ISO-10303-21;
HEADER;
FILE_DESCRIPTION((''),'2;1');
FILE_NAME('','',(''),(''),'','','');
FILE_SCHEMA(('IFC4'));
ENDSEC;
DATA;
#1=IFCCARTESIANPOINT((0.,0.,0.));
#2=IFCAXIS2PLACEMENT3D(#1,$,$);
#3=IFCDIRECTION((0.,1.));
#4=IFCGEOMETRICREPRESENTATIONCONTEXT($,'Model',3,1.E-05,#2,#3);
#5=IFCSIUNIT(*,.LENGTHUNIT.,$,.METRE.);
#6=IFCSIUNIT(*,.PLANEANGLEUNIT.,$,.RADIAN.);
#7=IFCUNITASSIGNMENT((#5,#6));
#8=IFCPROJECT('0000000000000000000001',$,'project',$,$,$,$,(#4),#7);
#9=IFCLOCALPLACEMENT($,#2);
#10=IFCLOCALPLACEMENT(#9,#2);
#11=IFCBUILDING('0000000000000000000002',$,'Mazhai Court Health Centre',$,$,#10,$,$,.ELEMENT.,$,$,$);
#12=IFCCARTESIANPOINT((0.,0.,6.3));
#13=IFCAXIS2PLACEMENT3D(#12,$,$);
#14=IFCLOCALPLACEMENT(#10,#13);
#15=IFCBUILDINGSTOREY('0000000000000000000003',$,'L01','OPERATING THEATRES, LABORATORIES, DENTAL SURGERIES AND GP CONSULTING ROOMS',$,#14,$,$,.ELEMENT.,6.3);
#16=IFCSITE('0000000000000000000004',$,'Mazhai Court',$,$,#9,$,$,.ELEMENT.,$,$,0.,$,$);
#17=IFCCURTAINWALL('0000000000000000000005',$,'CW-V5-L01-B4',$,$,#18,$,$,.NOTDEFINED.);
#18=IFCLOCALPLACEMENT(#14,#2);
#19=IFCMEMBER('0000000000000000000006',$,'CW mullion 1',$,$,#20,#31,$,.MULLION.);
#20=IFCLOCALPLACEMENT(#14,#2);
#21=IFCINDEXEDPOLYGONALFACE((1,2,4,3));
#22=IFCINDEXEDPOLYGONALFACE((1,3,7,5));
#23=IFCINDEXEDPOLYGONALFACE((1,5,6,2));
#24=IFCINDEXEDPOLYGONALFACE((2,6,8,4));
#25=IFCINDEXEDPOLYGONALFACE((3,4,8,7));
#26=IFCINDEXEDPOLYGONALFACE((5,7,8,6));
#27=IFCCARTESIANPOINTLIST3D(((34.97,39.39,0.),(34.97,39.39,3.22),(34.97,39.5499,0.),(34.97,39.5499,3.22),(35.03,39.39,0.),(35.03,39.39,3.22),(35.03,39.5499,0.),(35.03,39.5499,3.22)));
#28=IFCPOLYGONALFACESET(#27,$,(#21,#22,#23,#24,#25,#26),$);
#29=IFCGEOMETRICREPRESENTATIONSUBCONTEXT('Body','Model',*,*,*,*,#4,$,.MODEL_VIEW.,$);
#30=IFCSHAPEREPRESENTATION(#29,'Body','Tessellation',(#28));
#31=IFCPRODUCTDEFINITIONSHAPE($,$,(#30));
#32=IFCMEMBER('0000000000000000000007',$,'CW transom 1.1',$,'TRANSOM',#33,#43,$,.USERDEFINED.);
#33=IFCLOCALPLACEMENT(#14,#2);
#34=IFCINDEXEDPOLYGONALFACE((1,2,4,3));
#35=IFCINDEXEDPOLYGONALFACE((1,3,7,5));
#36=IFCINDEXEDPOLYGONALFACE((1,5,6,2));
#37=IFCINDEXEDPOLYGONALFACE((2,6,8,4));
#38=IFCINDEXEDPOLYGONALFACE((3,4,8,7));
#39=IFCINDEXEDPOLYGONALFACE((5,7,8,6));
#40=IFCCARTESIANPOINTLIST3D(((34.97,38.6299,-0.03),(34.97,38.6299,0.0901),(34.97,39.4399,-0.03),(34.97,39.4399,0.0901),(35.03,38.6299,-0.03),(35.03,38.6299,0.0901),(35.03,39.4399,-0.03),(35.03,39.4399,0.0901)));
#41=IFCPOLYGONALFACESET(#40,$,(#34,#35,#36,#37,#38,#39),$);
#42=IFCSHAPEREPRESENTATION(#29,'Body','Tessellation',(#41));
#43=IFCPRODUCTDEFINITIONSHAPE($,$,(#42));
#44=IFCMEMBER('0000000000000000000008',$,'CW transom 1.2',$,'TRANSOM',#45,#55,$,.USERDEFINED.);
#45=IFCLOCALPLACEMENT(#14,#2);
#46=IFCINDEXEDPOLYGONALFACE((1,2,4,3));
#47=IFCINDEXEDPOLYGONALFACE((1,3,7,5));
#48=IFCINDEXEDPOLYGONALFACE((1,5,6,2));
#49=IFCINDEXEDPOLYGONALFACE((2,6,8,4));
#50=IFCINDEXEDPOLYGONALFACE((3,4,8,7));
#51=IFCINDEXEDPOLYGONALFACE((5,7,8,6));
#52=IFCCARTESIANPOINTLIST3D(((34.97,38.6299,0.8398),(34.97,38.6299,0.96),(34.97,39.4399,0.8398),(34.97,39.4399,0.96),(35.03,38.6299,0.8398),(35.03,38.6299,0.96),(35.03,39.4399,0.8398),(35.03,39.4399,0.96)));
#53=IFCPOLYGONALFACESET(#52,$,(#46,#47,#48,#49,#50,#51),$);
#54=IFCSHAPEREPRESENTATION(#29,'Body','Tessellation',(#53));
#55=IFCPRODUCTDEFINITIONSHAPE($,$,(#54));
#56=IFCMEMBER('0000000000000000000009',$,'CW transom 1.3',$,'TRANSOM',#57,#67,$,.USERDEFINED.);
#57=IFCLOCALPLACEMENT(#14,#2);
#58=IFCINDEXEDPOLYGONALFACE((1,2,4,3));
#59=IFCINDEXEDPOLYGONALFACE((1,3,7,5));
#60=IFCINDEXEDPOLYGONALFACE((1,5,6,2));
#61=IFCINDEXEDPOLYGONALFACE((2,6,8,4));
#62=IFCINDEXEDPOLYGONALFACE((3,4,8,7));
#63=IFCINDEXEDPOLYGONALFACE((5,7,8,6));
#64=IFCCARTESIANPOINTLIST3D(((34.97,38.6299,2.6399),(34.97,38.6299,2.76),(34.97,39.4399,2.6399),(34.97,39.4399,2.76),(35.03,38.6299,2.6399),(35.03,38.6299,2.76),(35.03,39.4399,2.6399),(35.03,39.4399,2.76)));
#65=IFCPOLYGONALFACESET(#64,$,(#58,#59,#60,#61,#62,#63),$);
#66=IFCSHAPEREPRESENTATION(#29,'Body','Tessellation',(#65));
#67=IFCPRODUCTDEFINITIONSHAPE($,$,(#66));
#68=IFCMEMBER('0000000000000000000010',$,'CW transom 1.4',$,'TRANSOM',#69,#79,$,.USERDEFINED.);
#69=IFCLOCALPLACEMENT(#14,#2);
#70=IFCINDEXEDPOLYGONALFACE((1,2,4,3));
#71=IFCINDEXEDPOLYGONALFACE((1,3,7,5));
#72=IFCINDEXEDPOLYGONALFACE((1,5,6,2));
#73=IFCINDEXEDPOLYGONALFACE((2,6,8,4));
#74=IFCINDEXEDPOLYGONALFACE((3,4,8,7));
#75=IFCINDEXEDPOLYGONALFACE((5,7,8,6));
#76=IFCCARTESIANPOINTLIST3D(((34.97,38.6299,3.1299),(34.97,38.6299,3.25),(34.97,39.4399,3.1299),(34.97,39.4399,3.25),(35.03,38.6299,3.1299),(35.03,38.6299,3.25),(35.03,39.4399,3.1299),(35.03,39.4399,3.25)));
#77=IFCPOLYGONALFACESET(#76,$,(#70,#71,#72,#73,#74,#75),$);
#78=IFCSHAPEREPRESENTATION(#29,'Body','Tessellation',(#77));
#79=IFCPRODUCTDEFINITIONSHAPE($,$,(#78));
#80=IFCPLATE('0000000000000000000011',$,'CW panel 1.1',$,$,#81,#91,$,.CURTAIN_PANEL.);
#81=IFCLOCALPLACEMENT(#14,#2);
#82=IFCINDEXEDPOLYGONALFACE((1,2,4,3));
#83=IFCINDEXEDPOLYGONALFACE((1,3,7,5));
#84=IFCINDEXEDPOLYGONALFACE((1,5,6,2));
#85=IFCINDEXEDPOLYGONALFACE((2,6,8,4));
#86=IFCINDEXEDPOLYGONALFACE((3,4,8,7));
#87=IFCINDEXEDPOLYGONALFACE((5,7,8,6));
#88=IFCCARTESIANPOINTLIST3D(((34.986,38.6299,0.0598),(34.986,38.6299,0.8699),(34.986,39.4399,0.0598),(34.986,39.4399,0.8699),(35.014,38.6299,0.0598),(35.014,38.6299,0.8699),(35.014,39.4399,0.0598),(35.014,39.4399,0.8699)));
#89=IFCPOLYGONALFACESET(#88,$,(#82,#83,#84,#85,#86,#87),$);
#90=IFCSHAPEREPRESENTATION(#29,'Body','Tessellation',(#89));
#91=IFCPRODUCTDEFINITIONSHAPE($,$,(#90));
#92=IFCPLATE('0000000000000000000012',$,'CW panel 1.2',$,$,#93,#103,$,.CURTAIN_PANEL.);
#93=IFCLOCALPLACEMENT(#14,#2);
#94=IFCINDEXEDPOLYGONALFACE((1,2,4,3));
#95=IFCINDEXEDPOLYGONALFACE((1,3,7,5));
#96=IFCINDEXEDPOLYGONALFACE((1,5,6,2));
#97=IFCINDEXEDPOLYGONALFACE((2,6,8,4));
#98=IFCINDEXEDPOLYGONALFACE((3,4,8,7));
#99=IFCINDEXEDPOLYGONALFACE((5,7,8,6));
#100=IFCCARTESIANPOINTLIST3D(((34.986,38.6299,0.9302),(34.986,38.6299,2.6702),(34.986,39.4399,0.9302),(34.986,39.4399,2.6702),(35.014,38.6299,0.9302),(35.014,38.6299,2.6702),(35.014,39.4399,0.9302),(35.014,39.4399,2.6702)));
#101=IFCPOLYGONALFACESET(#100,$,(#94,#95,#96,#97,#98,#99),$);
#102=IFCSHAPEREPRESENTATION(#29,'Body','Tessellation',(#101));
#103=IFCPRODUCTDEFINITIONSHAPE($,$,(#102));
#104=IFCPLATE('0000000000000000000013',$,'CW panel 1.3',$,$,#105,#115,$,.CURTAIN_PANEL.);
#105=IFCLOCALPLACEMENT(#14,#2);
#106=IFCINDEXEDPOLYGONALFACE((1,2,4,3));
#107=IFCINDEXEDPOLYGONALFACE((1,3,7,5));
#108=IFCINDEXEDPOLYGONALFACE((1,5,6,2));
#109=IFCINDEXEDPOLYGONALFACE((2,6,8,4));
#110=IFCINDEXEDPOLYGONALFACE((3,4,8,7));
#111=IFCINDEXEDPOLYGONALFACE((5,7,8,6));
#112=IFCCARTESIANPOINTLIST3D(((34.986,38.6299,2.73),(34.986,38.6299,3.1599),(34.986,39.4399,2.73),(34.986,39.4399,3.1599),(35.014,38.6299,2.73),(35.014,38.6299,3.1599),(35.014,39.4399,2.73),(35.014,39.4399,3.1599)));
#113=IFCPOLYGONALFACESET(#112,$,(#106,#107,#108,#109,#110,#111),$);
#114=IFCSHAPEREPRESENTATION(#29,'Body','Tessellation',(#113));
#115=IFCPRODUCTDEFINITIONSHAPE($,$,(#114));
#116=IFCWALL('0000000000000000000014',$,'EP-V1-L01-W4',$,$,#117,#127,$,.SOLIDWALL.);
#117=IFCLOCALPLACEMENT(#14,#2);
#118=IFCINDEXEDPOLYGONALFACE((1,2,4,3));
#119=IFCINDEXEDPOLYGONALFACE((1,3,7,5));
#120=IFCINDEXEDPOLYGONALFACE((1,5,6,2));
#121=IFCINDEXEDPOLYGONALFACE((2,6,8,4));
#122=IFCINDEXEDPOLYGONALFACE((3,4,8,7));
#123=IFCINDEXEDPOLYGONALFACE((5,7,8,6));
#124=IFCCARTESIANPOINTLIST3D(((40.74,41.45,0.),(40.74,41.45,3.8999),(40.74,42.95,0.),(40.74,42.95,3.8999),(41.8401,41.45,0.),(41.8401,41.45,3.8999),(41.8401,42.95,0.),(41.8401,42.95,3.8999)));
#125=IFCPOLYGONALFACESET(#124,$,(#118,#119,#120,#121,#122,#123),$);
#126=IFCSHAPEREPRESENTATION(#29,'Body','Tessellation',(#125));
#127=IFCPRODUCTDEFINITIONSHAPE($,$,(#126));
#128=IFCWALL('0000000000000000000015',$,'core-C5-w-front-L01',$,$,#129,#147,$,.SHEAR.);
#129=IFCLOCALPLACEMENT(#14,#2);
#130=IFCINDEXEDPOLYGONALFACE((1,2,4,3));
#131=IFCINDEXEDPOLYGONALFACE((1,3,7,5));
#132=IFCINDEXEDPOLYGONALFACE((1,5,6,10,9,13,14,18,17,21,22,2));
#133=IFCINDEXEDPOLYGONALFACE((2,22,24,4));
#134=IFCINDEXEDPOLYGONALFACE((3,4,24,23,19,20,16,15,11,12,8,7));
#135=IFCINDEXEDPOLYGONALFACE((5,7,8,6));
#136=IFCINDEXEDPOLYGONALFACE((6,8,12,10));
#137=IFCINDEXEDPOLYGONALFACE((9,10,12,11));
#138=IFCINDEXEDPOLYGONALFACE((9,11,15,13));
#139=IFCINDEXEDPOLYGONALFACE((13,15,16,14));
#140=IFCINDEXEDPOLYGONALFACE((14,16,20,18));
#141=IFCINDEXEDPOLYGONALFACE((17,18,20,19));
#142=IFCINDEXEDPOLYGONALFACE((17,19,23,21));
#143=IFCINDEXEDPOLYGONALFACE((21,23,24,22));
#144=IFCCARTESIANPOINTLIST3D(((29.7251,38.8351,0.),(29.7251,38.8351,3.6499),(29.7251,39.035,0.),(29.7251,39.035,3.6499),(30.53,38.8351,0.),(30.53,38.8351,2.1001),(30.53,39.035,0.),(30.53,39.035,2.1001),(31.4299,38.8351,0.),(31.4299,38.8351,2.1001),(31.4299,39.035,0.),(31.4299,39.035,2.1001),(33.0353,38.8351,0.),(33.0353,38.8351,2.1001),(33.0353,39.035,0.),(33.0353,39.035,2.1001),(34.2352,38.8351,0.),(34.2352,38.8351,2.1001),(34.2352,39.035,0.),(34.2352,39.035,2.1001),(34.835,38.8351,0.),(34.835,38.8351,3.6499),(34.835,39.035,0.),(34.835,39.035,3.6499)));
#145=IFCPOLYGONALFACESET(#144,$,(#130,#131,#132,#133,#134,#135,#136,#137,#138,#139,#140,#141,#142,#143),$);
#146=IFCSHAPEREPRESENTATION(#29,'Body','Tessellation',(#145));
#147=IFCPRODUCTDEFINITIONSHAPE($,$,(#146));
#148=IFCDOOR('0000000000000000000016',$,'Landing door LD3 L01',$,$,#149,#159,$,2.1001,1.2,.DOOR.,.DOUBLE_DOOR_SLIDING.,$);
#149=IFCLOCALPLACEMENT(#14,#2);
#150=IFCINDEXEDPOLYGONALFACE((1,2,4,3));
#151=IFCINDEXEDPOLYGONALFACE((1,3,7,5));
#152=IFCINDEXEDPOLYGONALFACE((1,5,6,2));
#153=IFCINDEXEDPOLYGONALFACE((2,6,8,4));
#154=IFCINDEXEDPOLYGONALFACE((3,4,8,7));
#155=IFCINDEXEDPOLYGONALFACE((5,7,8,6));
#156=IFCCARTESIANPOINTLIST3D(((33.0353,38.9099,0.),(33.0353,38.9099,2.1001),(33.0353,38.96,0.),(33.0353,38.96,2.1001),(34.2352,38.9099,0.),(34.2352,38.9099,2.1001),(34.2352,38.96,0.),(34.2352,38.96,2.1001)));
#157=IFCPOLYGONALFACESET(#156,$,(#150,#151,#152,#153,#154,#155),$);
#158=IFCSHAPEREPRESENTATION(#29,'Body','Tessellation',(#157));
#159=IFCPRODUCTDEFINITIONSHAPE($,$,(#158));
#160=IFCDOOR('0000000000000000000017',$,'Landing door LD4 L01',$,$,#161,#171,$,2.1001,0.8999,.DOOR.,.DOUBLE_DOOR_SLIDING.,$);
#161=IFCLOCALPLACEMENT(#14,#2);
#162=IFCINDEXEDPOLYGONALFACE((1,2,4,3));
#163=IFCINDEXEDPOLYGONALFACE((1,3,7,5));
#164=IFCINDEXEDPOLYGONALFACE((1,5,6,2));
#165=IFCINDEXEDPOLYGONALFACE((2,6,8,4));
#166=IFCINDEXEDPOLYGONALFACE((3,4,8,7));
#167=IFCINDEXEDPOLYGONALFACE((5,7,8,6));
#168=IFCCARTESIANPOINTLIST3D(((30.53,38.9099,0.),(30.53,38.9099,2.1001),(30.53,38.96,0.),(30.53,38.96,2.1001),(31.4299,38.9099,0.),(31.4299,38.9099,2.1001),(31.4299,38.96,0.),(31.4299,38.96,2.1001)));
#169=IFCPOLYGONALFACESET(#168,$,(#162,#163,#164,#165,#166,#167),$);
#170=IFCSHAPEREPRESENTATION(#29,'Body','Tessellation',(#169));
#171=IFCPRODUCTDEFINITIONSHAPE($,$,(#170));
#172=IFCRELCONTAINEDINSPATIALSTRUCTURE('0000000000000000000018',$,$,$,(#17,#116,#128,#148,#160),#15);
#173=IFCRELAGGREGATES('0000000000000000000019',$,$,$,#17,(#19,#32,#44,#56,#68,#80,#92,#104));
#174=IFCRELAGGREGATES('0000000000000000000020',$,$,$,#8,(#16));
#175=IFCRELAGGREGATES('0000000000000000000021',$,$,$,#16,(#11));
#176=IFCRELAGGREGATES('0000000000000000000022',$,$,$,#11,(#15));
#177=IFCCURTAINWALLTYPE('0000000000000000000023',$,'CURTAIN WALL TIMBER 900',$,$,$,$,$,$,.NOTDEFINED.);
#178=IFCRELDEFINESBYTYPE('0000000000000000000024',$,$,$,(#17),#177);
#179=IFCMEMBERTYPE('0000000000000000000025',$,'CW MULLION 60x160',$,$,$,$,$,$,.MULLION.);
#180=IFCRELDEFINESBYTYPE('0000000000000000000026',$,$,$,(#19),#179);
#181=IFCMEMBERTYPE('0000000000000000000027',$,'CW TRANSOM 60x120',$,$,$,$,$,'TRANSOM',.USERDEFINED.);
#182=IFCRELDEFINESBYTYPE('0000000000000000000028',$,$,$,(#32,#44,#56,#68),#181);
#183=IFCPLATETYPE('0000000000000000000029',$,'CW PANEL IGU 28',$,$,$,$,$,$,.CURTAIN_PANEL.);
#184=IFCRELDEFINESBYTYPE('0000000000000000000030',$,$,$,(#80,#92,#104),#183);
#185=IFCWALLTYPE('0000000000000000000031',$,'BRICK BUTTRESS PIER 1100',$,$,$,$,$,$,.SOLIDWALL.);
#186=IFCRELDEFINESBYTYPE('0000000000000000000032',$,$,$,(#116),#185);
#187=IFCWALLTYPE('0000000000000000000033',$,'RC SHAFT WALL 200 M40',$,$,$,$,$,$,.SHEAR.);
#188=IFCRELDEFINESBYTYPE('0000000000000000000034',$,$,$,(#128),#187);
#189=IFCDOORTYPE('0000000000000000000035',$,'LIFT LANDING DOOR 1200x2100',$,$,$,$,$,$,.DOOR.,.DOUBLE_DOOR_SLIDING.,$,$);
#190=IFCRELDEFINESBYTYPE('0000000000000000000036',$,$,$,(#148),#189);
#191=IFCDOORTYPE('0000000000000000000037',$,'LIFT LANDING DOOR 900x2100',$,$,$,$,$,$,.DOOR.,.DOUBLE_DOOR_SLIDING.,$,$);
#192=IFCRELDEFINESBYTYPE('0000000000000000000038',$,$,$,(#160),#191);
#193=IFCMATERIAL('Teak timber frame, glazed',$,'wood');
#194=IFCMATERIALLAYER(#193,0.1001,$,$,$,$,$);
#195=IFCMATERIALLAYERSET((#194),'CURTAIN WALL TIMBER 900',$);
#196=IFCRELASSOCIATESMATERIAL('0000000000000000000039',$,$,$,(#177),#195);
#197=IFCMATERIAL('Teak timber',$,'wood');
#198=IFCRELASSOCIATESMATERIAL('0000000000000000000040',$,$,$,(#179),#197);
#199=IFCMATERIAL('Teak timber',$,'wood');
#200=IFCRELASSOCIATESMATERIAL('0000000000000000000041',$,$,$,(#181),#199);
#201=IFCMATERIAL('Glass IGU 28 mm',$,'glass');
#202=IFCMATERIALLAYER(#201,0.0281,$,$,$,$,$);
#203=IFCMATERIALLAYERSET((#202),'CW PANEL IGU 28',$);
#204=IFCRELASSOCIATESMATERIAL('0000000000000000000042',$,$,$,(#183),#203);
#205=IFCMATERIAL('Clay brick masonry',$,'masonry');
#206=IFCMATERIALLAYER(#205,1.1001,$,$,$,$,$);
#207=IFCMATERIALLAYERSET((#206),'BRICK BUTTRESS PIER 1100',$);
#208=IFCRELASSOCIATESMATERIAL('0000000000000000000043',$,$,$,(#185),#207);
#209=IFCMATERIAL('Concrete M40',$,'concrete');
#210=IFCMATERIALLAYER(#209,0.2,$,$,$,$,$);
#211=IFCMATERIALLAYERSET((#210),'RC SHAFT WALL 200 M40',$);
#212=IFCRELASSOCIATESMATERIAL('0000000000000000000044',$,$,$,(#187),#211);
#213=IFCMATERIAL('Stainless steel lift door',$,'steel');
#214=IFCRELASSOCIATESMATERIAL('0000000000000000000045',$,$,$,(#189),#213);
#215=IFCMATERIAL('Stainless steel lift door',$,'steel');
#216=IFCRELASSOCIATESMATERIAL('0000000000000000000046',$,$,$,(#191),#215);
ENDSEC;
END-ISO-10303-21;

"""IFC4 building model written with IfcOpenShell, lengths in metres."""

from ifc_helpers import new_model, si_unit, direction, frame, frame_2d, origin, origin_2d, place, context, subcontext, project, spatial, rectangle, extrude, material, layer, layer_set, material_profile, profile_set, type_object, element, fill, aggregate, save


model = new_model("IFC4")

# Units and contexts
model_context = context("Model", 3, precision=1e-05, world=origin(), true_north=direction((0.0, 1.0)))
body_context = subcontext(model_context, "Body", "Model", "MODEL_VIEW")
ifc_project = project(units=[si_unit("LENGTHUNIT", "METRE"), si_unit("PLANEANGLEUNIT", "RADIAN")], contexts=[model_context])

# Site, building, storey
site_placement = place(None, origin())
site = spatial("IfcSite", under=ifc_project, at=site_placement, Name="Mazhai Court", CompositionType="ELEMENT", RefElevation=0.0)
building_placement = place(site_placement, origin())
building = spatial("IfcBuilding", under=site, at=building_placement, Name="Mazhai Court Health Centre", CompositionType="ELEMENT")
storey_placement = place(building_placement, frame((0.0, 0.0, 6.3)))
storey = spatial("IfcBuildingStorey", under=building, at=storey_placement, Name="L01", Description="OPERATING THEATRES, LABORATORIES, DENTAL SURGERIES AND GP CONSULTING ROOMS", CompositionType="ELEMENT", Elevation=6.3)

# Curtain wall, members, plates
ifc_material_1 = material(Name="Teak timber frame, glazed", Category="wood")
ifc_layer_1 = layer(ifc_material_1, 0.1001)
ifc_layer_set_1 = layer_set([ifc_layer_1], Name="CURTAIN WALL TIMBER 900")
curtain_wall_type = type_object("IfcCurtainWallType", Name="CURTAIN WALL TIMBER 900", PredefinedType="NOTDEFINED", material=ifc_layer_set_1)
curtain_wall_placement = place(storey_placement, origin())
curtain_wall = element("IfcCurtainWall", 1, at=curtain_wall_placement, inside=storey, type_object=curtain_wall_type, Name="CW-V5-L01-B4", PredefinedType="NOTDEFINED")
ifc_material_2 = material(Name="Teak timber", Category="wood")
ifc_material_profile_1 = material_profile(ifc_material_2, rectangle(XDim=0.0601, YDim=0.1599, at=origin_2d()), Name="CW MULLION 60x160")
ifc_profile_set_1 = profile_set([ifc_material_profile_1], Name="Teak timber")
member_type_1 = type_object("IfcMemberType", Name="CW MULLION 60x160", PredefinedType="MULLION", material=ifc_profile_set_1)
member_1_placement = place(storey_placement, frame((35.0, 39.47, 0.0), z_axis=(0.0, 0.0, 1.0), x_axis=(1.0, 0.0, 0.0)))
member_1 = element("IfcMember", 2, at=member_1_placement, type_object=member_type_1, Name="CW mullion 1", PredefinedType="MULLION", context=body_context, shape_type="SweptSolid", body=[
    extrude(rectangle(XDim=0.0601, YDim=0.1599, at=origin_2d()), origin(), (0.0, 0.0, 1.0), 3.22),
])
ifc_material_3 = material(Name="Teak timber", Category="wood")
ifc_material_profile_2 = material_profile(ifc_material_3, rectangle(XDim=0.0601, YDim=0.1201, at=origin_2d()), Name="CW TRANSOM 60x120")
ifc_profile_set_2 = profile_set([ifc_material_profile_2], Name="Teak timber")
member_type_2 = type_object("IfcMemberType", Name="CW TRANSOM 60x120", ElementType="TRANSOM", PredefinedType="USERDEFINED", material=ifc_profile_set_2)
member_2_placement = place(storey_placement, frame((35.0, 39.4399, 0.03), z_axis=(0.0, -1.0, 0.0), x_axis=(1.0, 0.0, 0.0)))
member_2 = element("IfcMember", 3, at=member_2_placement, type_object=member_type_2, Name="CW transom 1.1", ObjectType="TRANSOM", PredefinedType="USERDEFINED", context=body_context, shape_type="SweptSolid", body=[
    extrude(rectangle(XDim=0.0601, YDim=0.1201, at=origin_2d()), origin(), (0.0, 0.0, 1.0), 0.8101),
])
member_3_placement = place(storey_placement, frame((35.0, 39.4399, 0.8999), z_axis=(0.0, -1.0, 0.0), x_axis=(1.0, 0.0, 0.0)))
member_3 = element("IfcMember", 4, at=member_3_placement, type_object=member_type_2, Name="CW transom 1.2", ObjectType="TRANSOM", PredefinedType="USERDEFINED", context=body_context, shape_type="SweptSolid", body=[
    extrude(rectangle(XDim=0.0601, YDim=0.1201, at=origin_2d()), origin(), (0.0, 0.0, 1.0), 0.8101),
])
member_4_placement = place(storey_placement, frame((35.0, 39.4399, 2.7), z_axis=(0.0, -1.0, 0.0), x_axis=(1.0, 0.0, 0.0)))
member_4 = element("IfcMember", 5, at=member_4_placement, type_object=member_type_2, Name="CW transom 1.3", ObjectType="TRANSOM", PredefinedType="USERDEFINED", context=body_context, shape_type="SweptSolid", body=[
    extrude(rectangle(XDim=0.0601, YDim=0.1201, at=origin_2d()), origin(), (0.0, 0.0, 1.0), 0.8101),
])
member_5_placement = place(storey_placement, frame((35.0, 39.4399, 3.1899), z_axis=(0.0, -1.0, 0.0), x_axis=(1.0, 0.0, 0.0)))
member_5 = element("IfcMember", 6, at=member_5_placement, type_object=member_type_2, Name="CW transom 1.4", ObjectType="TRANSOM", PredefinedType="USERDEFINED", context=body_context, shape_type="SweptSolid", body=[
    extrude(rectangle(XDim=0.0601, YDim=0.1201, at=origin_2d()), origin(), (0.0, 0.0, 1.0), 0.8101),
])
ifc_material_4 = material(Name="Glass IGU 28 mm", Category="glass")
ifc_layer_2 = layer(ifc_material_4, 0.0281)
ifc_layer_set_2 = layer_set([ifc_layer_2], Name="CW PANEL IGU 28")
plate_type = type_object("IfcPlateType", Name="CW PANEL IGU 28", PredefinedType="CURTAIN_PANEL", material=ifc_layer_set_2)
plate_1_placement = place(storey_placement, frame((35.0, 39.0349, 0.0598), z_axis=(0.0, 0.0, 1.0), x_axis=(0.0, -1.0, 0.0)))
plate_1 = element("IfcPlate", 7, at=plate_1_placement, type_object=plate_type, Name="CW panel 1.1", PredefinedType="CURTAIN_PANEL", context=body_context, shape_type="SweptSolid", body=[
    extrude(rectangle(XDim=0.8101, YDim=0.0281, at=origin_2d()), origin(), (0.0, 0.0, 1.0), 0.8101),
])
plate_2_placement = place(storey_placement, frame((35.0, 39.0349, 0.9302), z_axis=(0.0, 0.0, 1.0), x_axis=(0.0, -1.0, 0.0)))
plate_2 = element("IfcPlate", 8, at=plate_2_placement, type_object=plate_type, Name="CW panel 1.2", PredefinedType="CURTAIN_PANEL", context=body_context, shape_type="SweptSolid", body=[
    extrude(rectangle(XDim=0.8101, YDim=0.0281, at=origin_2d()), origin(), (0.0, 0.0, 1.0), 1.74),
])
plate_3_placement = place(storey_placement, frame((35.0, 39.0349, 2.73), z_axis=(0.0, 0.0, 1.0), x_axis=(0.0, -1.0, 0.0)))
plate_3 = element("IfcPlate", 9, at=plate_3_placement, type_object=plate_type, Name="CW panel 1.3", PredefinedType="CURTAIN_PANEL", context=body_context, shape_type="SweptSolid", body=[
    extrude(rectangle(XDim=0.8101, YDim=0.0281, at=origin_2d()), origin(), (0.0, 0.0, 1.0), 0.4299),
])
aggregate(curtain_wall, [member_1, member_2, member_3, member_4, member_5, plate_1, plate_2, plate_3])

# Wall
ifc_material_5 = material(Name="Clay brick masonry", Category="masonry")
ifc_layer_3 = layer(ifc_material_5, 1.1001)
ifc_layer_set_3 = layer_set([ifc_layer_3], Name="BRICK BUTTRESS PIER 1100")
wall_type_1 = type_object("IfcWallType", Name="BRICK BUTTRESS PIER 1100", PredefinedType="SOLIDWALL", material=ifc_layer_set_3)
wall_1_placement = place(storey_placement, frame((41.29, 41.45, 0.0), z_axis=(0.0, 0.0, 1.0), x_axis=(0.0, 1.0, 0.0)))
element("IfcWall", 10, at=wall_1_placement, inside=storey, type_object=wall_type_1, Name="EP-V1-L01-W4", PredefinedType="SOLIDWALL", context=body_context, shape_type="SweptSolid", body=[
    extrude(rectangle(XDim=1.5, YDim=1.1001, at=frame_2d((0.75, 0.0))), origin(), (0.0, 0.0, 1.0), 3.8999),
])

# Wall, openings, doors
ifc_material_6 = material(Name="Concrete M40", Category="concrete")
ifc_layer_4 = layer(ifc_material_6, 0.2)
ifc_layer_set_4 = layer_set([ifc_layer_4], Name="RC SHAFT WALL 200 M40")
wall_type_2 = type_object("IfcWallType", Name="RC SHAFT WALL 200 M40", PredefinedType="SHEAR", material=ifc_layer_set_4)
wall_2_placement = place(storey_placement, frame((29.7251, 38.9351, 0.0), z_axis=(0.0, 0.0, 1.0), x_axis=(1.0, 0.0, 0.0)))
wall_2 = element("IfcWall", 11, at=wall_2_placement, inside=storey, type_object=wall_type_2, Name="core-C5-w-front-L01", PredefinedType="SHEAR", context=body_context, shape_type="SweptSolid", body=[
    extrude(rectangle(XDim=5.1099, YDim=0.2, at=frame_2d((2.5549, 0.0))), origin(), (0.0, 0.0, 1.0), 3.6499),
])
opening_1_placement = place(wall_2_placement, frame((3.3101, 0.0, 0.0)))
opening_1 = element("IfcOpeningElement", 12, at=opening_1_placement, cuts=wall_2, PredefinedType="OPENING", context=body_context, shape_type="SweptSolid", body=[
    extrude(rectangle(XDim=1.2, YDim=2.1001, at=frame_2d((0.6001, 1.05))), frame((0.0, 0.1099, 0.0), z_axis=(0.0, -1.0, 0.0), x_axis=(1.0, 0.0, 0.0)), (0.0, 0.0, 1.0), 0.22),
])
opening_2_placement = place(wall_2_placement, frame((0.8049, 0.0, 0.0)))
opening_2 = element("IfcOpeningElement", 13, at=opening_2_placement, cuts=wall_2, PredefinedType="OPENING", context=body_context, shape_type="SweptSolid", body=[
    extrude(rectangle(XDim=0.8999, YDim=2.1001, at=frame_2d((0.45, 1.05))), frame((0.0, 0.1099, 0.0), z_axis=(0.0, -1.0, 0.0), x_axis=(1.0, 0.0, 0.0)), (0.0, 0.0, 1.0), 0.22),
])
ifc_material_7 = material(Name="Stainless steel lift door", Category="steel")
door_type_1 = type_object("IfcDoorType", Name="LIFT LANDING DOOR 1200x2100", OperationType="DOUBLE_DOOR_SLIDING", PredefinedType="DOOR", material=ifc_material_7)
door_1_placement = place(opening_1_placement, origin())
door_1 = element("IfcDoor", 14, at=door_1_placement, inside=storey, type_object=door_type_1, Name="Landing door LD3 L01", OperationType="DOUBLE_DOOR_SLIDING", OverallHeight=2.1001, OverallWidth=1.2, PredefinedType="DOOR", context=body_context, shape_type="SweptSolid", body=[
    extrude(rectangle(XDim=1.2, YDim=2.1001, at=frame_2d((0.6001, 1.05))), frame((0.0, 0.0249, 0.0), z_axis=(0.0, -1.0, 0.0), x_axis=(1.0, 0.0, 0.0)), (0.0, 0.0, 1.0), 0.05),
])
fill(opening_1, door_1)
ifc_material_8 = material(Name="Stainless steel lift door", Category="steel")
door_type_2 = type_object("IfcDoorType", Name="LIFT LANDING DOOR 900x2100", OperationType="DOUBLE_DOOR_SLIDING", PredefinedType="DOOR", material=ifc_material_8)
door_2_placement = place(opening_2_placement, origin())
door_2 = element("IfcDoor", 15, at=door_2_placement, inside=storey, type_object=door_type_2, Name="Landing door LD4 L01", OperationType="DOUBLE_DOOR_SLIDING", OverallHeight=2.1001, OverallWidth=0.8999, PredefinedType="DOOR", context=body_context, shape_type="SweptSolid", body=[
    extrude(rectangle(XDim=0.8999, YDim=2.1001, at=frame_2d((0.45, 1.05))), frame((0.0, 0.0249, 0.0), z_axis=(0.0, -1.0, 0.0), x_axis=(1.0, 0.0, 0.0)), (0.0, 0.0, 1.0), 0.05),
])
fill(opening_2, door_2)

save(model, "model.ifc")
